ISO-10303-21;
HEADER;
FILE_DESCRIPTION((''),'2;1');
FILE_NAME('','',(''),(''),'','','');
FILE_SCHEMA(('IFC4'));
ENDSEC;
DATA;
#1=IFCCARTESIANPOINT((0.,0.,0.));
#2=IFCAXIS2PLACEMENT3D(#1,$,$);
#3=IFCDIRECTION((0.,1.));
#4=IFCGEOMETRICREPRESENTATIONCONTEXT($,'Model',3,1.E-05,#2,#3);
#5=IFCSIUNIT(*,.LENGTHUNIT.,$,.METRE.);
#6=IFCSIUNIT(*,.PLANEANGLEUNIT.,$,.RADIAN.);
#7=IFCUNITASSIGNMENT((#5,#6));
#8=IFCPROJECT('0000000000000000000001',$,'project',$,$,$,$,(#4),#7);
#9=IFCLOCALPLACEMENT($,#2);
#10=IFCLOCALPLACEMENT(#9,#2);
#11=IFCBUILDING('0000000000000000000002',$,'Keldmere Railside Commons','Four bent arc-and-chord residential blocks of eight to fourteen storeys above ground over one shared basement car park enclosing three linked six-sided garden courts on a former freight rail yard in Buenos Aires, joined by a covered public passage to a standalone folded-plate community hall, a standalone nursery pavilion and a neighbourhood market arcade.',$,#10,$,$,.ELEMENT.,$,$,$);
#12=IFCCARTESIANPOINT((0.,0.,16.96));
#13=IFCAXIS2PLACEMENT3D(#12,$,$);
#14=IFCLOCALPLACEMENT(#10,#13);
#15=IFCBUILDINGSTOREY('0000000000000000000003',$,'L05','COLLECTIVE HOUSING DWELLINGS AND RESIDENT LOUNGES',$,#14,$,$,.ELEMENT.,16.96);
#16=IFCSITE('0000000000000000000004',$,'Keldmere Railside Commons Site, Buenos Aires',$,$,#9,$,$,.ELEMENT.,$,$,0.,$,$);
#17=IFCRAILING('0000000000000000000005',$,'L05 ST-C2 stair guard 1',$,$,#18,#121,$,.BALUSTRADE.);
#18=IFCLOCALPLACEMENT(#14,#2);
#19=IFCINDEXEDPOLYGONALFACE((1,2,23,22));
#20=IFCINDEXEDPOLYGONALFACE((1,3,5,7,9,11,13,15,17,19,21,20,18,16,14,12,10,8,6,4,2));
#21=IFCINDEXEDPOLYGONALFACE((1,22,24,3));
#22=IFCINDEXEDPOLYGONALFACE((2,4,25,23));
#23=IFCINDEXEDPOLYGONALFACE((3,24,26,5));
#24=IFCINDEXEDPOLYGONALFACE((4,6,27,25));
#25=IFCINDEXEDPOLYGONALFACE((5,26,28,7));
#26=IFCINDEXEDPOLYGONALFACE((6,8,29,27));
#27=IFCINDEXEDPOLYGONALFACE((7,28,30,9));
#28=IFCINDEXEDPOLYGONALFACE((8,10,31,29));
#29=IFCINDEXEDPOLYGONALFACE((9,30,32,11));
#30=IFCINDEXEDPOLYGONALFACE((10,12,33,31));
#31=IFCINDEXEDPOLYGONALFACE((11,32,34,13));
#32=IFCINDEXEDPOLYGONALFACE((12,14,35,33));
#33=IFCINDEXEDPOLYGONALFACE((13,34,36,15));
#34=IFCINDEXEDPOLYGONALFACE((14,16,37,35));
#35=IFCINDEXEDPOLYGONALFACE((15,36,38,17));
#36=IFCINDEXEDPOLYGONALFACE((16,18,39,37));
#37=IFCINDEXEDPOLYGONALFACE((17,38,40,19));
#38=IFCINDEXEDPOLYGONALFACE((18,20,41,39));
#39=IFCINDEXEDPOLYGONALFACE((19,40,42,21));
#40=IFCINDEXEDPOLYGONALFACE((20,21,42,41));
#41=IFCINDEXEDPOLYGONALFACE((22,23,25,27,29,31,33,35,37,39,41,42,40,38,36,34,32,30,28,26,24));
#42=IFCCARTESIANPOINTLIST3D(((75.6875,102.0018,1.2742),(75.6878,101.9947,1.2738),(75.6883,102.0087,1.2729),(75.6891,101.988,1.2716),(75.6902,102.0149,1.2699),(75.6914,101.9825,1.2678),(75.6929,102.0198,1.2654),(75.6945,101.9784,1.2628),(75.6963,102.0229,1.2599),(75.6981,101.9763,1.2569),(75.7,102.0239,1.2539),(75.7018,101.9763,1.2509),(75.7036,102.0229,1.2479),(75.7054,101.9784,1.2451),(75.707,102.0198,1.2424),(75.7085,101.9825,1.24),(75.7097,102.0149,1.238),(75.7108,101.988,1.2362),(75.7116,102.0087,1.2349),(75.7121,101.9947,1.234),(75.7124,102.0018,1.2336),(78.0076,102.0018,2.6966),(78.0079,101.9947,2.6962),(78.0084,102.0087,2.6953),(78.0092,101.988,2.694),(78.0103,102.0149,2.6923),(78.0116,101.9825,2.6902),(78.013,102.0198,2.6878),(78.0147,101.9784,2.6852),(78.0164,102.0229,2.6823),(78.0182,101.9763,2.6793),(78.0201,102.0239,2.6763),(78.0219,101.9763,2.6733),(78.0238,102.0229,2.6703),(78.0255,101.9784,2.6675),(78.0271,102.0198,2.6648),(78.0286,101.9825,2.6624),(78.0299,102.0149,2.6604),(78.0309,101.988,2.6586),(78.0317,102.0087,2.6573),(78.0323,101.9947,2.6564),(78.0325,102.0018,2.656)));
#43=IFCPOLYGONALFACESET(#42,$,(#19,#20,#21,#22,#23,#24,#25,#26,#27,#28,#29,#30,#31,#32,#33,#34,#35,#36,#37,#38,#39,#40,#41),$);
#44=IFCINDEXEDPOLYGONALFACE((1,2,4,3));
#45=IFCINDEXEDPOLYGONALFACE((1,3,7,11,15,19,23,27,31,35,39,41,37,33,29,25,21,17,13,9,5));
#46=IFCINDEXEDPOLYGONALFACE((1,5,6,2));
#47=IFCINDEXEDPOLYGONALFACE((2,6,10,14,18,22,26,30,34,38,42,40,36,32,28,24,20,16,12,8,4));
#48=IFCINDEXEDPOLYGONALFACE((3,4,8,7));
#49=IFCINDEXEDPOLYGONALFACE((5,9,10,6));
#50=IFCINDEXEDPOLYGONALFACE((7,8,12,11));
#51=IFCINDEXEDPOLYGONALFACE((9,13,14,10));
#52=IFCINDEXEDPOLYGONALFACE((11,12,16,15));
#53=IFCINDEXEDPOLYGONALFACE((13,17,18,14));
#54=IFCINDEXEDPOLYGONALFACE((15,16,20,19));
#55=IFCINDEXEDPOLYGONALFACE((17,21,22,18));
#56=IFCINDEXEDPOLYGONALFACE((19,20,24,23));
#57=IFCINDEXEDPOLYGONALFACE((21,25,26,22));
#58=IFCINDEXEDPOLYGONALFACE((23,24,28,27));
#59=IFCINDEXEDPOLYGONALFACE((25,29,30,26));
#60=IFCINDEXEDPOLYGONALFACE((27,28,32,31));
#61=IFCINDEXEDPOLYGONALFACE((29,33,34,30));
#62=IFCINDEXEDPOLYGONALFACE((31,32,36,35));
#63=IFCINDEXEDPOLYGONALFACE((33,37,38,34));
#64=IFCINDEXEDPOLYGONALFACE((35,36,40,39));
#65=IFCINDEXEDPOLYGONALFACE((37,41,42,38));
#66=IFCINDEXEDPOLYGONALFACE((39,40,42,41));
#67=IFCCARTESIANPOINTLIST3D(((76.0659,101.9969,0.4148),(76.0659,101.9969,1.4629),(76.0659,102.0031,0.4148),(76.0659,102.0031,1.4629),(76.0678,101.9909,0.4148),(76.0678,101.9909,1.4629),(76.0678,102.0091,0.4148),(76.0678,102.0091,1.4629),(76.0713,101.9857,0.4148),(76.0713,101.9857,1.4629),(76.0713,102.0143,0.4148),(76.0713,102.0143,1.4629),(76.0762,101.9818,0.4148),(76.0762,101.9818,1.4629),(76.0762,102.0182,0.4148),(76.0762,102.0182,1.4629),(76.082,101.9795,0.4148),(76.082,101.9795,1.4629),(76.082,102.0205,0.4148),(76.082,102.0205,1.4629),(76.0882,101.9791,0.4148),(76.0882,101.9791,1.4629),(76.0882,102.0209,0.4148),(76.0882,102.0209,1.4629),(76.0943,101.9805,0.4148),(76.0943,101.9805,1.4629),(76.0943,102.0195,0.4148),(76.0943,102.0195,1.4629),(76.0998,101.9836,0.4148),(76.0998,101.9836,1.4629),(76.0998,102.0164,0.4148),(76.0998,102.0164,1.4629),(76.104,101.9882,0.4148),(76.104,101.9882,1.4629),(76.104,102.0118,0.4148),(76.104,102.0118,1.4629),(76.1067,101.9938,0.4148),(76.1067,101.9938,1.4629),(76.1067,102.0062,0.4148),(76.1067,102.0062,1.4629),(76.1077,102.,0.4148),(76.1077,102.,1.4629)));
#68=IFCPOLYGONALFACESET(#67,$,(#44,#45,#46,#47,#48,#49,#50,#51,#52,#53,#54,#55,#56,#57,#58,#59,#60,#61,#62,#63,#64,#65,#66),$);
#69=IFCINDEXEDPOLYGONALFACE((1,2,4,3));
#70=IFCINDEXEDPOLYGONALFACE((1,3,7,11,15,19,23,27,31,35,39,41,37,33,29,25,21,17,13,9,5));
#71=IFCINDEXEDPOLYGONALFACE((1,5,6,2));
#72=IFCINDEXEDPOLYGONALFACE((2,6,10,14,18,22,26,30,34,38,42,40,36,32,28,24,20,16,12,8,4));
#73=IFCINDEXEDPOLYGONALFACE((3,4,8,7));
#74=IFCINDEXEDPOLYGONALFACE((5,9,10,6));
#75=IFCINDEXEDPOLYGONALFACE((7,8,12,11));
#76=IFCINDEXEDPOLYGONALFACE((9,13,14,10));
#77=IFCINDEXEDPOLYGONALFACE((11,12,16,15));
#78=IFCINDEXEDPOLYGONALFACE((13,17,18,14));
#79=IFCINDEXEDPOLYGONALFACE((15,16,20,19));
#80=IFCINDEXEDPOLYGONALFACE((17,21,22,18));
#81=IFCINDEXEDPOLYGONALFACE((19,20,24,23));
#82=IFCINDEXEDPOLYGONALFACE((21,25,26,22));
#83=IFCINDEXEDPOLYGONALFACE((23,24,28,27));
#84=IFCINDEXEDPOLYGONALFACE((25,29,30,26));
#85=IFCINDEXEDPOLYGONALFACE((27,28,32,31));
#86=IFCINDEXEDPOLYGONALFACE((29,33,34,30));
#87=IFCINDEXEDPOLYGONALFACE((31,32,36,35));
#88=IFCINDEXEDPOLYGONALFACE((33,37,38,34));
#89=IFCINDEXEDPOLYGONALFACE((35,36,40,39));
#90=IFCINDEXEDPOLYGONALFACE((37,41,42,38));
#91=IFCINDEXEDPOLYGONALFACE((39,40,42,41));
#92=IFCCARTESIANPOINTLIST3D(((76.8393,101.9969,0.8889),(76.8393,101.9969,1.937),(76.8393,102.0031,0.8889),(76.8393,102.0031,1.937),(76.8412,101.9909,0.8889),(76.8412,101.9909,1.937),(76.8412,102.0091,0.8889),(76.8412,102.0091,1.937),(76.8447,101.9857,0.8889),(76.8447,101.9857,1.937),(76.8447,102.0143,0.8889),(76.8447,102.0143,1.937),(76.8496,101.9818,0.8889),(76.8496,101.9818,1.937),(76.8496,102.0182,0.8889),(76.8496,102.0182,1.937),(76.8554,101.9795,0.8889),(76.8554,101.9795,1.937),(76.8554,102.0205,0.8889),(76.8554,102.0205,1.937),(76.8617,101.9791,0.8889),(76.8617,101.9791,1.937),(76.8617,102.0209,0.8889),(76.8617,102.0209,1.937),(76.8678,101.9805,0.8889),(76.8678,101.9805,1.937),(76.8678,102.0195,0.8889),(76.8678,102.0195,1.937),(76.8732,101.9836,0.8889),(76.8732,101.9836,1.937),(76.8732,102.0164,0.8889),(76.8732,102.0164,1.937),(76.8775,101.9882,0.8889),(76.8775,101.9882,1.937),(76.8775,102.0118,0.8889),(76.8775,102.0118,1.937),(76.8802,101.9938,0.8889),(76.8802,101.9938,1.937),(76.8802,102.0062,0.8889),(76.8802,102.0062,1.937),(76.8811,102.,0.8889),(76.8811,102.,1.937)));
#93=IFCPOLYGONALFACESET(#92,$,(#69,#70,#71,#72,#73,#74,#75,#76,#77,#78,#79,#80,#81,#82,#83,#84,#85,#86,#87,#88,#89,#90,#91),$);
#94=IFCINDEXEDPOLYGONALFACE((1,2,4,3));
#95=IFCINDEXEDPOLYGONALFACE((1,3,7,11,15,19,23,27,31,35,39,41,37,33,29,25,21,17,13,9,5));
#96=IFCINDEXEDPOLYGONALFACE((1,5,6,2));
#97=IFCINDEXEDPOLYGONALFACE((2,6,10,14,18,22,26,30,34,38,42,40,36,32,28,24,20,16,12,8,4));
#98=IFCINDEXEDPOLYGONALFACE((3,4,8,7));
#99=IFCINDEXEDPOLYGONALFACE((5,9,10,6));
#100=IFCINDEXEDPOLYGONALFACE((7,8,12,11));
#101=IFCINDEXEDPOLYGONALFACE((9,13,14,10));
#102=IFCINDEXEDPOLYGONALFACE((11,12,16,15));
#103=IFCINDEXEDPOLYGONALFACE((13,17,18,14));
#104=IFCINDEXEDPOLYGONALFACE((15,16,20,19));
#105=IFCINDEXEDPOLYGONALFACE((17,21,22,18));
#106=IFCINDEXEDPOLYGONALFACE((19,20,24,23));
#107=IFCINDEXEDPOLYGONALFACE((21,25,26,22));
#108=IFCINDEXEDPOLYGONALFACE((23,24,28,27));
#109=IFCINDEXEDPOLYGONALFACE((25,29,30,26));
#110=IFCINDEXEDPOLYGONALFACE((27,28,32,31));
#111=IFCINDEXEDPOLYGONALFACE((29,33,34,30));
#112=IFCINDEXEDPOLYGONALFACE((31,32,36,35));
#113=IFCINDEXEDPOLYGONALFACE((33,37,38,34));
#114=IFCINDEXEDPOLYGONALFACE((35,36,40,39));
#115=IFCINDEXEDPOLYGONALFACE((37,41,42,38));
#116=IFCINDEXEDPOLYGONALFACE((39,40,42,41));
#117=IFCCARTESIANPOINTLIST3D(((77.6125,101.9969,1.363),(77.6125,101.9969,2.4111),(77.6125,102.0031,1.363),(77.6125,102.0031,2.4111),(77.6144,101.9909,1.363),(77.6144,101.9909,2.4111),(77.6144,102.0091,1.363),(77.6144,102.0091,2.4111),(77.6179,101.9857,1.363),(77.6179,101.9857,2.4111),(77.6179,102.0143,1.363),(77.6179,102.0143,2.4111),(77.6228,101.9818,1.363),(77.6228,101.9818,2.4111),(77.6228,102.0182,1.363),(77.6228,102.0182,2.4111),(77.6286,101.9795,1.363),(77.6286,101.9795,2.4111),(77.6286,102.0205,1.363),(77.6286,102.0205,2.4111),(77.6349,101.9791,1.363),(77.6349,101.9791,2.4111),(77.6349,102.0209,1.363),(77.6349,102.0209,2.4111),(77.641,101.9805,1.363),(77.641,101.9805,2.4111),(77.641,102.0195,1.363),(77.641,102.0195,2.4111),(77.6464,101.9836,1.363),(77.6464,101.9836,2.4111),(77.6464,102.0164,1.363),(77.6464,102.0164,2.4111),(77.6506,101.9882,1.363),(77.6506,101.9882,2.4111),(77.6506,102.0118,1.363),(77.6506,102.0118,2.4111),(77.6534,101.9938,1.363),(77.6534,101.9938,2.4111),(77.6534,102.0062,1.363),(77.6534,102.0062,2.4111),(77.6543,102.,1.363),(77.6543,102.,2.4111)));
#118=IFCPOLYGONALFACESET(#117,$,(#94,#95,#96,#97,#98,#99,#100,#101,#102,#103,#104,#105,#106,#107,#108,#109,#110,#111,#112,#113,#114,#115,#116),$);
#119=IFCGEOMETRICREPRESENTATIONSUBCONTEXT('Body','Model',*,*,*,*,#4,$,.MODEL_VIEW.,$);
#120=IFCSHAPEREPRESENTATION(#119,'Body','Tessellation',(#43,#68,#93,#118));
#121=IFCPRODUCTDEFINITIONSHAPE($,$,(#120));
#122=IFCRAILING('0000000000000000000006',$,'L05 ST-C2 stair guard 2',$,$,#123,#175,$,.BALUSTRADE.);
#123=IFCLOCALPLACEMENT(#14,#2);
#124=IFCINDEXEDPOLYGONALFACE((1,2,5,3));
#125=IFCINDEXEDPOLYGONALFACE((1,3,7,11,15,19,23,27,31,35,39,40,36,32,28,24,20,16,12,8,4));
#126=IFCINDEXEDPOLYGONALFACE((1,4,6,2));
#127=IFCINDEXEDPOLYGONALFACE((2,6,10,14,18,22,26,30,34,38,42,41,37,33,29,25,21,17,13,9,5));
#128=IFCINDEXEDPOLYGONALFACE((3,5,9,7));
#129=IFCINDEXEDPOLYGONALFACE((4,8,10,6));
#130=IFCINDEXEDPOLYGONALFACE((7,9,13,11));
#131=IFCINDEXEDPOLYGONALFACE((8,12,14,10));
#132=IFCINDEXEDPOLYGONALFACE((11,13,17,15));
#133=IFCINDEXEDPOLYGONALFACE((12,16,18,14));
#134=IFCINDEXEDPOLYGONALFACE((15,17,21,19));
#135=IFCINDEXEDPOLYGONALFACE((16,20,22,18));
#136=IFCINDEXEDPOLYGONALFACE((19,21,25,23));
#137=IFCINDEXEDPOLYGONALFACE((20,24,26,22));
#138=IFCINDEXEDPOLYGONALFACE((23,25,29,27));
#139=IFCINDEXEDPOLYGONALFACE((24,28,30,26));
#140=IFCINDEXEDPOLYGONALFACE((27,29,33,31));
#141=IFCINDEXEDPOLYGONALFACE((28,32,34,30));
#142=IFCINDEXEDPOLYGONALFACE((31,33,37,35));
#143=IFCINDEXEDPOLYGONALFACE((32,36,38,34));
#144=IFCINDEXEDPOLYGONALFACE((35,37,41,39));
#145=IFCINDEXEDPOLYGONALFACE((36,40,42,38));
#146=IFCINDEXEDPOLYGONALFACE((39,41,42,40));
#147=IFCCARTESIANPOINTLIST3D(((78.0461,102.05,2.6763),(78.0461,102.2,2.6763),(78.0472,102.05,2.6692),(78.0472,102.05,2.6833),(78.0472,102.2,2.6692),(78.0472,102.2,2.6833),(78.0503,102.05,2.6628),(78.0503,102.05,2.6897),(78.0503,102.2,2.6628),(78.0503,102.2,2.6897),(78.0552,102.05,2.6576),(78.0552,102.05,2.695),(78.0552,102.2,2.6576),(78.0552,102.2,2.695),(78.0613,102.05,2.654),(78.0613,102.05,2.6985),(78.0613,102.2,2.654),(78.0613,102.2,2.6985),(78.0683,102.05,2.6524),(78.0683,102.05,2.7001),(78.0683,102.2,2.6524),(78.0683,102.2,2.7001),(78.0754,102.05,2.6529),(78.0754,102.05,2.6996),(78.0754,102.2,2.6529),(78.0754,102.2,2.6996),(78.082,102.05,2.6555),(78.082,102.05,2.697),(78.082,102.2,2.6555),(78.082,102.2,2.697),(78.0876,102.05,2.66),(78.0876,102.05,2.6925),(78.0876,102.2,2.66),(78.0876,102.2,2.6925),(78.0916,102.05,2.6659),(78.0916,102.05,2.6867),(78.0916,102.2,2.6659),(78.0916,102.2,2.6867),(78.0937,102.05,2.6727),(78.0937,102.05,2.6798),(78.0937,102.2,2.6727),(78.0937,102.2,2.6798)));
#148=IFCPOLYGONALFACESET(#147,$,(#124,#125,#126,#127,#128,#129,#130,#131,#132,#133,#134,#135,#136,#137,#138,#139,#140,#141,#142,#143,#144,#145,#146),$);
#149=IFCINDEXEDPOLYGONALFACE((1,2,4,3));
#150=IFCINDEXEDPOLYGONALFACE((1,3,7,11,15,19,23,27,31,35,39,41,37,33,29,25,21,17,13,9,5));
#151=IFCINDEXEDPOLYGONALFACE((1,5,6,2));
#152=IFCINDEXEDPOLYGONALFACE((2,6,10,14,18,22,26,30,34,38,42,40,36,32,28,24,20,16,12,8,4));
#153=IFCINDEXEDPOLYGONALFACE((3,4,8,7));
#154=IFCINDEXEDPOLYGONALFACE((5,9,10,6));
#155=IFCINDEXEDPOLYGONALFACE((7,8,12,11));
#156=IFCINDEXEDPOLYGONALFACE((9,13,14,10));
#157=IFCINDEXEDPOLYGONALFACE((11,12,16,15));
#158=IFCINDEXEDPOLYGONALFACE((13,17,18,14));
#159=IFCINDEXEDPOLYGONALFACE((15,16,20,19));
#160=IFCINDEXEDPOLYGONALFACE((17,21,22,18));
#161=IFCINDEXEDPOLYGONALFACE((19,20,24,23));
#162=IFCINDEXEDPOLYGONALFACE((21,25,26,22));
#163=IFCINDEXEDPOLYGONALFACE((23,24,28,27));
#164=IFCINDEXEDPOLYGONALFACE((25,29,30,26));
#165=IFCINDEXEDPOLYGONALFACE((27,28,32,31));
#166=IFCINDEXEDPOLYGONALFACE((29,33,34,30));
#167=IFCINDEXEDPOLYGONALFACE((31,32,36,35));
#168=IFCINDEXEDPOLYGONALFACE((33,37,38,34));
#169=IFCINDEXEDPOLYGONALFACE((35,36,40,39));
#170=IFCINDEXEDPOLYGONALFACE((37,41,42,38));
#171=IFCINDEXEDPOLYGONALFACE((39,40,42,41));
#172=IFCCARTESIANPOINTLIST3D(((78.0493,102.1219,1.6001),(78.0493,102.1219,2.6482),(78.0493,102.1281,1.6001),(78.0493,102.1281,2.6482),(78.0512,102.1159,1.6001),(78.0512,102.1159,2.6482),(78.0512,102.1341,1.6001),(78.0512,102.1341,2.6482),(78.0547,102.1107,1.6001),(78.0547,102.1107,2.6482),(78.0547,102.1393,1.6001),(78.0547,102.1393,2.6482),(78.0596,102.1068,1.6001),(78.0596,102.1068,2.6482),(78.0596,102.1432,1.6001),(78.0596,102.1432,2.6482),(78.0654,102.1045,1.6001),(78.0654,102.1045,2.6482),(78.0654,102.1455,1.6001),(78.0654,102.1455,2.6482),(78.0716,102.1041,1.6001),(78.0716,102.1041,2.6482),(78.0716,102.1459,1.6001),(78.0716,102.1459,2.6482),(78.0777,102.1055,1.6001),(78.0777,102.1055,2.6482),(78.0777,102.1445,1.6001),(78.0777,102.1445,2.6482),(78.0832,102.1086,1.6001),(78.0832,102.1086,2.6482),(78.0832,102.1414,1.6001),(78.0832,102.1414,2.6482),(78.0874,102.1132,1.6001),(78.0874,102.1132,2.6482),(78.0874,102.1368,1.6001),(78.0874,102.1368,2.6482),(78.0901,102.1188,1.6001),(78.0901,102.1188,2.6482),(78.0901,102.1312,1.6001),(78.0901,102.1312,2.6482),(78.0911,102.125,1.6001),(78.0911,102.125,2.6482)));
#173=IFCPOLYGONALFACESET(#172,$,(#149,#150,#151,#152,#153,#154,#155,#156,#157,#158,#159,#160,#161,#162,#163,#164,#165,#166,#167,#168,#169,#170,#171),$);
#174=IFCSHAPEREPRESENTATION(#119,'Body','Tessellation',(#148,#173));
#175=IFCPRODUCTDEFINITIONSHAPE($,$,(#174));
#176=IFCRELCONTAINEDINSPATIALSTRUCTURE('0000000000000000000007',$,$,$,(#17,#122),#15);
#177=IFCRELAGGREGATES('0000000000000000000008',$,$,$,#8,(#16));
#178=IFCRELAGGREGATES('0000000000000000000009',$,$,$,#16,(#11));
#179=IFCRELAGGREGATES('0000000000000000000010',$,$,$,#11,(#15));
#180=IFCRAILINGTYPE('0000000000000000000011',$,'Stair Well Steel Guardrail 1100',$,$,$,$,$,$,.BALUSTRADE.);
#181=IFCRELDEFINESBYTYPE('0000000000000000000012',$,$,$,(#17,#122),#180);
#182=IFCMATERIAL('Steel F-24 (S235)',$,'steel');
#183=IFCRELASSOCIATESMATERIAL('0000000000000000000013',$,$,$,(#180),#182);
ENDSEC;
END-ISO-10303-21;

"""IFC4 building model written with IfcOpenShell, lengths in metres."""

from ifc_helpers import new_model, si_unit, direction, frame, origin, origin_2d, place, context, subcontext, project, spatial, circle, extrude, material, type_object, element, save


model = new_model("IFC4")

# Units and contexts
model_context = context("Model", 3, precision=1e-05, world=origin(), true_north=direction((0.0, 1.0)))
body_context = subcontext(model_context, "Body", "Model", "MODEL_VIEW")
ifc_project = project(units=[si_unit("LENGTHUNIT", "METRE"), si_unit("PLANEANGLEUNIT", "RADIAN")], contexts=[model_context])

# Site, building, storey
site_placement = place(None, origin())
site = spatial("IfcSite", under=ifc_project, at=site_placement, Name="Keldmere Railside Commons Site, Buenos Aires", CompositionType="ELEMENT", RefElevation=0.0)
building_placement = place(site_placement, origin())
building = spatial("IfcBuilding", under=site, at=building_placement, Name="Keldmere Railside Commons", Description="Four bent arc-and-chord residential blocks of eight to fourteen storeys above ground over one shared basement car park enclosing three linked six-sided garden courts on a former freight rail yard in Buenos Aires, joined by a covered public passage to a standalone folded-plate community hall, a standalone nursery pavilion and a neighbourhood market arcade.", CompositionType="ELEMENT")
storey_placement = place(building_placement, frame((0.0, 0.0, 16.96)))
storey = spatial("IfcBuildingStorey", under=building, at=storey_placement, Name="L05", Description="COLLECTIVE HOUSING DWELLINGS AND RESIDENT LOUNGES", CompositionType="ELEMENT", Elevation=16.96)

# Railings
ifc_material_1 = material(Name="Steel F-24 (S235)", Category="steel")
railing_type_1 = type_object("IfcRailingType", Name="Stair Well Steel Guardrail 1100", PredefinedType="BALUSTRADE", material=ifc_material_1)
railing_1_placement = place(storey_placement, frame((75.7, 102.0, 0.1777)))
element("IfcRailing", 1, at=railing_1_placement, inside=storey, type_object=railing_type_1, Name="L05 ST-C2 stair guard 1", PredefinedType="BALUSTRADE", context=body_context, shape_type="SweptSolid", body=[
    extrude(circle(Radius=0.0239, at=origin_2d()), frame((0.0, 0.0, 1.0762), z_axis=(0.852538, 0.0, 0.522665), x_axis=(0.0, 1.0, 0.0)), (0.0, 0.0, 1.0), 2.7214),
    extrude(circle(Radius=0.021, at=origin_2d()), frame((0.3867, 0.0, 0.2371)), (0.0, 0.0, 1.0), 1.0481),
    extrude(circle(Radius=0.021, at=origin_2d()), frame((1.1602, 0.0, 0.7112)), (0.0, 0.0, 1.0), 1.0481),
    extrude(circle(Radius=0.021, at=origin_2d()), frame((1.9333, 0.0, 1.1853)), (0.0, 0.0, 1.0), 1.0481),
])
railing_2_placement = place(storey_placement, frame((78.0701, 102.05, 1.6001)))
element("IfcRailing", 2, at=railing_2_placement, inside=storey, type_object=railing_type_1, Name="L05 ST-C2 stair guard 2", PredefinedType="BALUSTRADE", context=body_context, shape_type="SweptSolid", body=[
    extrude(circle(Radius=0.0239, at=origin_2d()), frame((0.0, 0.0, 1.0762), z_axis=(0.0, 1.0, 0.0), x_axis=(-1.0, 0.0, 0.0)), (0.0, 0.0, 1.0), 0.1499),
    extrude(circle(Radius=0.021, at=origin_2d()), frame((0.0, 0.075, 0.0)), (0.0, 0.0, 1.0), 1.0481),
])

save(model, "model.ifc")
